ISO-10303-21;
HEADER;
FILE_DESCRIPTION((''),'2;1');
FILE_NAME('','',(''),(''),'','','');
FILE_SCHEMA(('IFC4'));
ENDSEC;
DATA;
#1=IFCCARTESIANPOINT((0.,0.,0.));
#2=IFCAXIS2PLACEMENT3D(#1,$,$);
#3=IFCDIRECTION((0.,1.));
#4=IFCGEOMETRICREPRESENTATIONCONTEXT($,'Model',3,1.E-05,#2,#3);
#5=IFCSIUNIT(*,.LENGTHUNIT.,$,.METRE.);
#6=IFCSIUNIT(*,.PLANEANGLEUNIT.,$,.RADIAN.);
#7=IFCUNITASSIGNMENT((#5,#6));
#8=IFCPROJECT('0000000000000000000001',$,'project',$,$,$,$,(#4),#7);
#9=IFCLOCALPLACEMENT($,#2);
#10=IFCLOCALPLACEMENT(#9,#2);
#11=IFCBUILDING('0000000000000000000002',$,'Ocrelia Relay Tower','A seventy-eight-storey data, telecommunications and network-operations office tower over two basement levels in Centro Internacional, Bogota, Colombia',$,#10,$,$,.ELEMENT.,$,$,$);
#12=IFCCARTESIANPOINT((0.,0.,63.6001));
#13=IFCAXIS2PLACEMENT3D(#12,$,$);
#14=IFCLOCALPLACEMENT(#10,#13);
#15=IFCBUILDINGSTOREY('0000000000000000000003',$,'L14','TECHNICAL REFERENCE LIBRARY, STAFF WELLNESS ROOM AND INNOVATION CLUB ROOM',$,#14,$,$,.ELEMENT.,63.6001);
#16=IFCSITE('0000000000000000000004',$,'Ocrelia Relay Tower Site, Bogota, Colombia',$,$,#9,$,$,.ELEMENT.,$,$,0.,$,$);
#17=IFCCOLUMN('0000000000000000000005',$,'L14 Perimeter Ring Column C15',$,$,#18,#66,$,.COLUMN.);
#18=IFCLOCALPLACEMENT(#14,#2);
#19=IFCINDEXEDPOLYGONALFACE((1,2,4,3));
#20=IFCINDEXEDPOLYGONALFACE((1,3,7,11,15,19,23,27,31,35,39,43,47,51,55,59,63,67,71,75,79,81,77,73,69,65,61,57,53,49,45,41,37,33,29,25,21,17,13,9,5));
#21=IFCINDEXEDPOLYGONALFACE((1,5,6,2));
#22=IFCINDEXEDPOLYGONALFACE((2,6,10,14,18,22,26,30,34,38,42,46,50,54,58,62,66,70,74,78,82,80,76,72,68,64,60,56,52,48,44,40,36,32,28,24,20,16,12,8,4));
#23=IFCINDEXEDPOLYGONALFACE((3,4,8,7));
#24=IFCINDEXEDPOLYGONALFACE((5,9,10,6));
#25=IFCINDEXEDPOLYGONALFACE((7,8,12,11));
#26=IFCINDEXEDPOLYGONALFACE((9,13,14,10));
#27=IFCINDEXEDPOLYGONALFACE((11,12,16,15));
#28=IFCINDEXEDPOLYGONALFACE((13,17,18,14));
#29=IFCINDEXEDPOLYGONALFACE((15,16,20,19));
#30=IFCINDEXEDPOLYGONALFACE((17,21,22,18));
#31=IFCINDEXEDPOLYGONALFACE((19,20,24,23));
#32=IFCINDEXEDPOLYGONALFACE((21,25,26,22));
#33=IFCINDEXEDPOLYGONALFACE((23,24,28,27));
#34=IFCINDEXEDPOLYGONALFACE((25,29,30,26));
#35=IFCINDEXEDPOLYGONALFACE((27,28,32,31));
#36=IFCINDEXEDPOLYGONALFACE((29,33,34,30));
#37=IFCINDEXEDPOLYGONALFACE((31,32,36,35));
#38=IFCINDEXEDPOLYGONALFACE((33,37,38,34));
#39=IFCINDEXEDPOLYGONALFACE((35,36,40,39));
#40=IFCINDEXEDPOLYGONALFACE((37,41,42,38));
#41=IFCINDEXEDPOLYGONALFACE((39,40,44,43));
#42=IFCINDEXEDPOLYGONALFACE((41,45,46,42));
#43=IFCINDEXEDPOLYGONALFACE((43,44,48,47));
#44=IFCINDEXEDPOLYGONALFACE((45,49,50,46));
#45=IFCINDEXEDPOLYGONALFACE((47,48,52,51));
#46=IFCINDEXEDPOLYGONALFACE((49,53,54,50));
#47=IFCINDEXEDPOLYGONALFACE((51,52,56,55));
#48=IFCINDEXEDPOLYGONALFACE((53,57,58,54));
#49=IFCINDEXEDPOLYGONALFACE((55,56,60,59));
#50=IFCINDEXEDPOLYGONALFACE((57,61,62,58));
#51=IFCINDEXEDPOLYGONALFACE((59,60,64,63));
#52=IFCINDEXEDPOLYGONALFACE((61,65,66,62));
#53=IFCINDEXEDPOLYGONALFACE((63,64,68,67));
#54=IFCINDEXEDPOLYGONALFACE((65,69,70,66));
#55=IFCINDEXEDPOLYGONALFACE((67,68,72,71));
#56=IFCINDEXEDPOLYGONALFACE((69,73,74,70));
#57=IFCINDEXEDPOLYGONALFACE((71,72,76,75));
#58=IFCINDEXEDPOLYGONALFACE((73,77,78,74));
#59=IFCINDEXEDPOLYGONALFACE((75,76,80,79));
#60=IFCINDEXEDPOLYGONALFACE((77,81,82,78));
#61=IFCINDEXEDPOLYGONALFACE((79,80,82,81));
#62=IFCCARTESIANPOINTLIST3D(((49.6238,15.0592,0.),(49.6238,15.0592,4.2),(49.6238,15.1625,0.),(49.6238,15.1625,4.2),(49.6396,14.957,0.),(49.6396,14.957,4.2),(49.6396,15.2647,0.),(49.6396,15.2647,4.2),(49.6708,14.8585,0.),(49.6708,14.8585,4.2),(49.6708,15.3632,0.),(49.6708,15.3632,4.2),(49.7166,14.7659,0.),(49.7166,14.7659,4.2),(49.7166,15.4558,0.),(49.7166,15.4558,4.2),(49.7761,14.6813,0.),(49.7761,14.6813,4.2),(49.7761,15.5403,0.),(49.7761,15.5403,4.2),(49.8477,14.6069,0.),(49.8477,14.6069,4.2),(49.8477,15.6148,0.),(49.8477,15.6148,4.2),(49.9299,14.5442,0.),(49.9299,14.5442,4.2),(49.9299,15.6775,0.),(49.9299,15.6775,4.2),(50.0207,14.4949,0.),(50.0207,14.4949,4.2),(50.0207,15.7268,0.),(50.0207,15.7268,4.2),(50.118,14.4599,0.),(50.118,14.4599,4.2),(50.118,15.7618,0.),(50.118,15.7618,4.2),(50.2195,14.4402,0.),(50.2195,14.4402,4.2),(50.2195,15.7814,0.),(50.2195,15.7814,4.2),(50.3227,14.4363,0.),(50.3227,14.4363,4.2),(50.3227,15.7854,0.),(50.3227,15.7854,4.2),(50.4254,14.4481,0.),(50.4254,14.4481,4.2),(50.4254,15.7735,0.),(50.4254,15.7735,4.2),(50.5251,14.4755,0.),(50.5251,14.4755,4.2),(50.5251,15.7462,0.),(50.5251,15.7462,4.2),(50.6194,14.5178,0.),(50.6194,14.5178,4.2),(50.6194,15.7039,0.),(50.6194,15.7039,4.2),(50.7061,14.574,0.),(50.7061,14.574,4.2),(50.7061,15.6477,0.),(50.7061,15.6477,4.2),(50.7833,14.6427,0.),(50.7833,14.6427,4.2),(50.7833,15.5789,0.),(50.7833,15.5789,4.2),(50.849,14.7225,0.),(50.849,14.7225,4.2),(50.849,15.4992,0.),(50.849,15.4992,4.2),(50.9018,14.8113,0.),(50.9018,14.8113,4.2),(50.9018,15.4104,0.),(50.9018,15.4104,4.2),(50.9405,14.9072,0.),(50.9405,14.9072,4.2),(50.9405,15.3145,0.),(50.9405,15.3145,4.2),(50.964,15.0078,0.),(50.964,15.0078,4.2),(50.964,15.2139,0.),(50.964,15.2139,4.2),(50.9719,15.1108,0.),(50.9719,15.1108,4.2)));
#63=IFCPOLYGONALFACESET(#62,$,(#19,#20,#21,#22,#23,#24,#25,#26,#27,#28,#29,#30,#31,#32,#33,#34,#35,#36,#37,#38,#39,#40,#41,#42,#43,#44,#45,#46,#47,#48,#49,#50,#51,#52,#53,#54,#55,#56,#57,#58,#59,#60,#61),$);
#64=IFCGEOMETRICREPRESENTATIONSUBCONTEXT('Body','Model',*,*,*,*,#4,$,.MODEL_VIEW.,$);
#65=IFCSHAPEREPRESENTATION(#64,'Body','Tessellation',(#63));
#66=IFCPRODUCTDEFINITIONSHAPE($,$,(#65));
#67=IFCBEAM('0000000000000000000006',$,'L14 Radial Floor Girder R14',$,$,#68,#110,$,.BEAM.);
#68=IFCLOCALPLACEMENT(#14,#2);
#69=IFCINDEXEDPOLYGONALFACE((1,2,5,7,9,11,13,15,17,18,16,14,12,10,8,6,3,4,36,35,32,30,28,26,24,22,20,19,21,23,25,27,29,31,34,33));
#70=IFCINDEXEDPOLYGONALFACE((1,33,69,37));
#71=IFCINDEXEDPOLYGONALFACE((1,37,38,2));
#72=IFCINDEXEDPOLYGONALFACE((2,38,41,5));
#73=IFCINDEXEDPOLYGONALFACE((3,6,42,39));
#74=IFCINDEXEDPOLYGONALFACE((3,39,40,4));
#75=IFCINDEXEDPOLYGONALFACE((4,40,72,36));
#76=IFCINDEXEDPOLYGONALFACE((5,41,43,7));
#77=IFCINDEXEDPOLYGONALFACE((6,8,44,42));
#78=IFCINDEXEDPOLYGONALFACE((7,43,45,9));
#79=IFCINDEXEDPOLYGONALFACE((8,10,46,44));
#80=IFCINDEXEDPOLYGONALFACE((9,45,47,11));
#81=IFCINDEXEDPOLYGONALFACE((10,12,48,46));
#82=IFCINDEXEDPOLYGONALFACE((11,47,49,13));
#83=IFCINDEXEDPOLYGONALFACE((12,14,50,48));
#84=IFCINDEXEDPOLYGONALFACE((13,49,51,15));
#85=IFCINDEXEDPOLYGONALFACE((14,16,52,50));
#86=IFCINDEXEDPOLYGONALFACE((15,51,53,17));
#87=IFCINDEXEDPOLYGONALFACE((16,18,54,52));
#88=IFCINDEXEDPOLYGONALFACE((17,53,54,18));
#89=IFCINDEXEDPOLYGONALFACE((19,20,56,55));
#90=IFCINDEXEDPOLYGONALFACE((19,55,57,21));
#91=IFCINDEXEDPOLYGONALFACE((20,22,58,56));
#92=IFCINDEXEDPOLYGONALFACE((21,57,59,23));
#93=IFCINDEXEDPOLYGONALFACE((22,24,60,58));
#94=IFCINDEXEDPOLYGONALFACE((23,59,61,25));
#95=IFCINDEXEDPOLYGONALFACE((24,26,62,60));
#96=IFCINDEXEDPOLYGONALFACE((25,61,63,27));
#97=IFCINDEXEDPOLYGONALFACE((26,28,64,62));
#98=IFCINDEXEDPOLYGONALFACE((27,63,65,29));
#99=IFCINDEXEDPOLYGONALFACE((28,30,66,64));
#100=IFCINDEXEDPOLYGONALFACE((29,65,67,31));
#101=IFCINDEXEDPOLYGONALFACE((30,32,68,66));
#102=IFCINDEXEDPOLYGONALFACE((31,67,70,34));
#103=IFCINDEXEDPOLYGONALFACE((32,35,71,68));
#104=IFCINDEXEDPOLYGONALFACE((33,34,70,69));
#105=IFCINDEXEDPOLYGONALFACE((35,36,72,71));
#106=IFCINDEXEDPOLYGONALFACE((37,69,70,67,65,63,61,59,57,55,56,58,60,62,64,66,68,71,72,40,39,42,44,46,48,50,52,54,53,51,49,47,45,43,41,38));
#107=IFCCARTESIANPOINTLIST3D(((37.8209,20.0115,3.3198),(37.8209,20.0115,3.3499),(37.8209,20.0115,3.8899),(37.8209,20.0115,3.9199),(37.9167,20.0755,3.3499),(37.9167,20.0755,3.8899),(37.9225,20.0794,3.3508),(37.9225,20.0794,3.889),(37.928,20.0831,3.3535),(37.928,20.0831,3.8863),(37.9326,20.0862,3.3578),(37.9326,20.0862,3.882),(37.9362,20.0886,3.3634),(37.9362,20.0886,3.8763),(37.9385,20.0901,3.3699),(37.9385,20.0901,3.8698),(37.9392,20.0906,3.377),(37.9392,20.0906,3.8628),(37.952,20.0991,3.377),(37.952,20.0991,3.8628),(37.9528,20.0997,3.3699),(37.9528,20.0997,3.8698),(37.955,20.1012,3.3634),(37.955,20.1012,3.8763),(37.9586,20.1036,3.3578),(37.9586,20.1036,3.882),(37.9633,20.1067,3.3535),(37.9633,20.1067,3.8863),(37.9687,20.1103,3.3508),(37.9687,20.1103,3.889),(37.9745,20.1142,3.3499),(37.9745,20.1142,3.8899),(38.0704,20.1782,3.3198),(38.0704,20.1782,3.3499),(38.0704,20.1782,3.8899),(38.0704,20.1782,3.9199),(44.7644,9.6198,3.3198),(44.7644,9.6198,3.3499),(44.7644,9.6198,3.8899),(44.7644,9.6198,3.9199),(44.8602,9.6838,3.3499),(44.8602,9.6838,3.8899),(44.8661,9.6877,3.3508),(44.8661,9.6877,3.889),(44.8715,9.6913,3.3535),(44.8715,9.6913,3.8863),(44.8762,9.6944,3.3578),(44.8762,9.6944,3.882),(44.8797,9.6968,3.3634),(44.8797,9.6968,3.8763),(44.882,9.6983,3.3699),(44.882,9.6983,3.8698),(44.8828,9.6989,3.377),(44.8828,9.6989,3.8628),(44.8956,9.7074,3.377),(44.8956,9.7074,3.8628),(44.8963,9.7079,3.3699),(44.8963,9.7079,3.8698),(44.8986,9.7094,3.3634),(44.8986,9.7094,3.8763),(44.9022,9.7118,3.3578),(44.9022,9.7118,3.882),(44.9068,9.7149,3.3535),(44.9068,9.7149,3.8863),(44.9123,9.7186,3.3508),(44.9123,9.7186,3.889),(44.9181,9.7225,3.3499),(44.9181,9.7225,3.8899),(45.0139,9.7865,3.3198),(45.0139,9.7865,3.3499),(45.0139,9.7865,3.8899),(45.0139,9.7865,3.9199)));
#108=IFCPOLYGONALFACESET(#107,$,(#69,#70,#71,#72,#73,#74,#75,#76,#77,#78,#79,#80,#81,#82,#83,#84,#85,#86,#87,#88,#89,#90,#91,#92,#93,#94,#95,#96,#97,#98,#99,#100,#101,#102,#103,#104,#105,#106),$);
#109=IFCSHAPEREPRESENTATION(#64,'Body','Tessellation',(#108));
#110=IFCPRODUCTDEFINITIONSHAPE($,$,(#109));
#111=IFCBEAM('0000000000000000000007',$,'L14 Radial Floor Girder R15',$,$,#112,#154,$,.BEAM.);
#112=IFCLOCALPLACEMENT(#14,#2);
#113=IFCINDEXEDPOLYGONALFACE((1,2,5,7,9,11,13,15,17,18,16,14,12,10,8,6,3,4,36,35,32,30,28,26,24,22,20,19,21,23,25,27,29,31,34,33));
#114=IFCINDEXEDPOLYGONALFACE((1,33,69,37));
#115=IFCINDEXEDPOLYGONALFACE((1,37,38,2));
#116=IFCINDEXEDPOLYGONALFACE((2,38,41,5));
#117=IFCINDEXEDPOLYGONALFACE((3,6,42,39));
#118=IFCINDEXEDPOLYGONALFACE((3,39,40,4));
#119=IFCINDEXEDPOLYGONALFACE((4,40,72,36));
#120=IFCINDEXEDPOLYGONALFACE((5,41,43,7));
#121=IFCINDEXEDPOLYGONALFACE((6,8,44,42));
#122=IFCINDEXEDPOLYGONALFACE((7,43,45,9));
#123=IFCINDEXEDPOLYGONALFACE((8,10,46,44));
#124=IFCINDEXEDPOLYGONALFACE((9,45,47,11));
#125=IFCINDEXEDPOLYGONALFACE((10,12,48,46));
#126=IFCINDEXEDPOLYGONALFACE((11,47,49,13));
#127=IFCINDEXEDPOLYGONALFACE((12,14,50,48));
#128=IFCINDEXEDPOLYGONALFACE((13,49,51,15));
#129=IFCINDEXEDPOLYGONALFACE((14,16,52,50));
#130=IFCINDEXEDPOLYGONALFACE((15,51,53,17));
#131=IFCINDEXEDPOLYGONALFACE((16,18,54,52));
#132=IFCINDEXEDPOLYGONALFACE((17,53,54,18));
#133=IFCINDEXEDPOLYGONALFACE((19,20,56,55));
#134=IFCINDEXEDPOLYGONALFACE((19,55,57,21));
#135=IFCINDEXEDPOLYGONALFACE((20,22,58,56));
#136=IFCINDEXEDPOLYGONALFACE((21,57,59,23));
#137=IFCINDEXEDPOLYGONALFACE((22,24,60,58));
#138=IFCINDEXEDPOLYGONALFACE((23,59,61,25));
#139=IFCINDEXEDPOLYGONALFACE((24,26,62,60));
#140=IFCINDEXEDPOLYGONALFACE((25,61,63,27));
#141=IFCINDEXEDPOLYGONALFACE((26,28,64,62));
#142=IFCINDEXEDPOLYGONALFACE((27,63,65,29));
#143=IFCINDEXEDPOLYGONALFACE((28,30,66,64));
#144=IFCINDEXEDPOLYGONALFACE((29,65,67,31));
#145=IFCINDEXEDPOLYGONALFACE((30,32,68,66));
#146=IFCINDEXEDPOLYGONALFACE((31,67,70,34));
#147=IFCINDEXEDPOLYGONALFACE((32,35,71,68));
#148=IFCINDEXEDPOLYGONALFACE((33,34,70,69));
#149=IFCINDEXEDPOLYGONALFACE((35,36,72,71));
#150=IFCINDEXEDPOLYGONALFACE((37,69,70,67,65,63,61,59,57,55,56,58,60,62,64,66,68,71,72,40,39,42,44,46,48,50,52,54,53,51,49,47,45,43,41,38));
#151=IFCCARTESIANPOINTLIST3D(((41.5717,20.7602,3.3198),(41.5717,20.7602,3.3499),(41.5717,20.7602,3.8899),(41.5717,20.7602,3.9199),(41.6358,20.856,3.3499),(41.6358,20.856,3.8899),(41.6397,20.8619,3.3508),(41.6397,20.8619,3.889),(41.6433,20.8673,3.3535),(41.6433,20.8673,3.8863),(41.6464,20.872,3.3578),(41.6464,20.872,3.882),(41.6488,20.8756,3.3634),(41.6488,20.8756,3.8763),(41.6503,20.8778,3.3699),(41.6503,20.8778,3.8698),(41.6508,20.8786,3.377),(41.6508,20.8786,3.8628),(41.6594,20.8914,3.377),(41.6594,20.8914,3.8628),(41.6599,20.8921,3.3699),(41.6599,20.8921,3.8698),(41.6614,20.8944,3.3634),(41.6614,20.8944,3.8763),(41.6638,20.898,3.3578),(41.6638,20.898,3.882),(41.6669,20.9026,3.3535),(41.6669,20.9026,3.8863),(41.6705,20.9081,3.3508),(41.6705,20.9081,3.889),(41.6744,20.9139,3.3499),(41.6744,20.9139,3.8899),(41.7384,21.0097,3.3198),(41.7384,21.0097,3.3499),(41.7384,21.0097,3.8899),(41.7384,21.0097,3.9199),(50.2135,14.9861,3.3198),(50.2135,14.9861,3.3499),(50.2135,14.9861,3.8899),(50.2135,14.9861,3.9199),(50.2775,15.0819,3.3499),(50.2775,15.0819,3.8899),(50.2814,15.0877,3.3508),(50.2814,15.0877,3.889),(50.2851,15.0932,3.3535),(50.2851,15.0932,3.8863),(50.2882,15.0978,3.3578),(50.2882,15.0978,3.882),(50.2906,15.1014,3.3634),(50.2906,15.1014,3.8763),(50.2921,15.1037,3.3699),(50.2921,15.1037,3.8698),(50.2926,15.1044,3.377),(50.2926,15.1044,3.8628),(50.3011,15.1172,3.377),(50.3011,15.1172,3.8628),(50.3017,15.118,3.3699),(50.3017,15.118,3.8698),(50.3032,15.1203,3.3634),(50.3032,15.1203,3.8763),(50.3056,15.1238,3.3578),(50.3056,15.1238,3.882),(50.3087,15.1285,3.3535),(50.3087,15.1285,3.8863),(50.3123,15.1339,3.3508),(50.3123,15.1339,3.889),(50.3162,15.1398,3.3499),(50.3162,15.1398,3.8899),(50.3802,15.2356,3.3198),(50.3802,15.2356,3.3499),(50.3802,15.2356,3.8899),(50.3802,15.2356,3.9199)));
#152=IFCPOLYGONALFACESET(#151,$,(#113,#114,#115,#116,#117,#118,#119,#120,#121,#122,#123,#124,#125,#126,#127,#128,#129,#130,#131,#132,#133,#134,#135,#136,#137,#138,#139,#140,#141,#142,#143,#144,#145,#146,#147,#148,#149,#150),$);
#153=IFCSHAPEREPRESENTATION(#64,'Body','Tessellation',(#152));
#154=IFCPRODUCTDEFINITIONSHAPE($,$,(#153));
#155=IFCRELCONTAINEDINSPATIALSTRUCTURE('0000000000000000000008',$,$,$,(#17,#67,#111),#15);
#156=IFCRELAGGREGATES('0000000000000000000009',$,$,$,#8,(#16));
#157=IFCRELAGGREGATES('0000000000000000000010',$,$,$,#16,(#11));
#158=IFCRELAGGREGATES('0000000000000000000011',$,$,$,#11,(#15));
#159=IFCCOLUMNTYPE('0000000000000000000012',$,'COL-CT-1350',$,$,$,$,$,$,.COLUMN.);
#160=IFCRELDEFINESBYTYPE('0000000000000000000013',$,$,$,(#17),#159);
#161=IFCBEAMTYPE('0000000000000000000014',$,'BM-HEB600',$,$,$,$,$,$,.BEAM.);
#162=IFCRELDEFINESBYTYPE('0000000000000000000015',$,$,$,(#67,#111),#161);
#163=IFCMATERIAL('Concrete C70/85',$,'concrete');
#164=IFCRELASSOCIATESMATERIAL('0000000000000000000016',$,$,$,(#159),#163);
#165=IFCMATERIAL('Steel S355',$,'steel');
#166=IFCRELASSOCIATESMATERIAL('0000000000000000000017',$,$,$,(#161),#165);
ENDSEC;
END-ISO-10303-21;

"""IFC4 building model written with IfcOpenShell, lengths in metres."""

from ifc_helpers import new_model, si_unit, direction, frame, origin, origin_2d, place, context, subcontext, project, spatial, circle, i_section, extrude, material, material_profile, profile_set, type_object, element, save


model = new_model("IFC4")

# Units and contexts
model_context = context("Model", 3, precision=1e-05, world=origin(), true_north=direction((0.0, 1.0)))
body_context = subcontext(model_context, "Body", "Model", "MODEL_VIEW")
ifc_project = project(units=[si_unit("LENGTHUNIT", "METRE"), si_unit("PLANEANGLEUNIT", "RADIAN")], contexts=[model_context])

# Site, building, storey
site_placement = place(None, origin())
site = spatial("IfcSite", under=ifc_project, at=site_placement, Name="Ocrelia Relay Tower Site, Bogota, Colombia", CompositionType="ELEMENT", RefElevation=0.0)
building_placement = place(site_placement, origin())
building = spatial("IfcBuilding", under=site, at=building_placement, Name="Ocrelia Relay Tower", Description="A seventy-eight-storey data, telecommunications and network-operations office tower over two basement levels in Centro Internacional, Bogota, Colombia", CompositionType="ELEMENT")
storey_placement = place(building_placement, frame((0.0, 0.0, 63.6001)))
storey = spatial("IfcBuildingStorey", under=building, at=storey_placement, Name="L14", Description="TECHNICAL REFERENCE LIBRARY, STAFF WELLNESS ROOM AND INNOVATION CLUB ROOM", CompositionType="ELEMENT", Elevation=63.6001)

# Column
ifc_material_1 = material(Name="Concrete C70/85", Category="concrete")
ifc_material_profile_1 = material_profile(ifc_material_1, circle(Radius=0.675, at=origin_2d()), Name="RC-CIR-1350")
ifc_profile_set_1 = profile_set([ifc_material_profile_1], Name="Concrete C70/85")
column_type = type_object("IfcColumnType", Name="COL-CT-1350", PredefinedType="COLUMN", material=ifc_profile_set_1)
column_placement = place(storey_placement, frame((50.2969, 15.1108, 0.0), z_axis=(0.0, 0.0, 1.0), x_axis=(1.0, 0.0, 0.0)))
element("IfcColumn", 1, at=column_placement, inside=storey, type_object=column_type, Name="L14 Perimeter Ring Column C15", PredefinedType="COLUMN", context=body_context, shape_type="SweptSolid", body=[
    extrude(circle(Radius=0.675, at=origin_2d()), origin(), (0.0, 0.0, 1.0), 4.2),
])

# Beams
ifc_material_2 = material(Name="Steel S355", Category="steel")
ifc_material_profile_2 = material_profile(ifc_material_2, i_section(OverallWidth=0.3, OverallDepth=0.6001, WebThickness=0.0154, FlangeThickness=0.03, FilletRadius=0.0271, at=origin_2d()), Name="HEB 600")
ifc_profile_set_2 = profile_set([ifc_material_profile_2], Name="Steel S355")
beam_type_1 = type_object("IfcBeamType", Name="BM-HEB600", PredefinedType="BEAM", material=ifc_profile_set_2)
beam_1_placement = place(storey_placement, frame((44.8892, 9.7031, 3.6199), z_axis=(-0.55557, 0.83147, 0.0), x_axis=(-0.83147, -0.55557, 0.0)))
element("IfcBeam", 2, at=beam_1_placement, inside=storey, type_object=beam_type_1, Name="L14 Radial Floor Girder R14", PredefinedType="BEAM", context=body_context, shape_type="SweptSolid", body=[
    extrude(i_section(OverallWidth=0.3, OverallDepth=0.6001, WebThickness=0.0154, FlangeThickness=0.03, FilletRadius=0.0271, at=origin_2d()), origin(), (0.0, 0.0, 1.0), 12.498),
])
beam_2_placement = place(storey_placement, frame((50.2969, 15.1108, 3.6199), z_axis=(-0.831475, 0.555562, 0.0), x_axis=(-0.555562, -0.831475, 0.0)))
element("IfcBeam", 3, at=beam_2_placement, inside=storey, type_object=beam_type_1, Name="L14 Radial Floor Girder R15", PredefinedType="BEAM", context=body_context, shape_type="SweptSolid", body=[
    extrude(i_section(OverallWidth=0.3, OverallDepth=0.6001, WebThickness=0.0154, FlangeThickness=0.03, FilletRadius=0.0271, at=origin_2d()), origin(), (0.0, 0.0, 1.0), 10.3933),
])

save(model, "model.ifc")
